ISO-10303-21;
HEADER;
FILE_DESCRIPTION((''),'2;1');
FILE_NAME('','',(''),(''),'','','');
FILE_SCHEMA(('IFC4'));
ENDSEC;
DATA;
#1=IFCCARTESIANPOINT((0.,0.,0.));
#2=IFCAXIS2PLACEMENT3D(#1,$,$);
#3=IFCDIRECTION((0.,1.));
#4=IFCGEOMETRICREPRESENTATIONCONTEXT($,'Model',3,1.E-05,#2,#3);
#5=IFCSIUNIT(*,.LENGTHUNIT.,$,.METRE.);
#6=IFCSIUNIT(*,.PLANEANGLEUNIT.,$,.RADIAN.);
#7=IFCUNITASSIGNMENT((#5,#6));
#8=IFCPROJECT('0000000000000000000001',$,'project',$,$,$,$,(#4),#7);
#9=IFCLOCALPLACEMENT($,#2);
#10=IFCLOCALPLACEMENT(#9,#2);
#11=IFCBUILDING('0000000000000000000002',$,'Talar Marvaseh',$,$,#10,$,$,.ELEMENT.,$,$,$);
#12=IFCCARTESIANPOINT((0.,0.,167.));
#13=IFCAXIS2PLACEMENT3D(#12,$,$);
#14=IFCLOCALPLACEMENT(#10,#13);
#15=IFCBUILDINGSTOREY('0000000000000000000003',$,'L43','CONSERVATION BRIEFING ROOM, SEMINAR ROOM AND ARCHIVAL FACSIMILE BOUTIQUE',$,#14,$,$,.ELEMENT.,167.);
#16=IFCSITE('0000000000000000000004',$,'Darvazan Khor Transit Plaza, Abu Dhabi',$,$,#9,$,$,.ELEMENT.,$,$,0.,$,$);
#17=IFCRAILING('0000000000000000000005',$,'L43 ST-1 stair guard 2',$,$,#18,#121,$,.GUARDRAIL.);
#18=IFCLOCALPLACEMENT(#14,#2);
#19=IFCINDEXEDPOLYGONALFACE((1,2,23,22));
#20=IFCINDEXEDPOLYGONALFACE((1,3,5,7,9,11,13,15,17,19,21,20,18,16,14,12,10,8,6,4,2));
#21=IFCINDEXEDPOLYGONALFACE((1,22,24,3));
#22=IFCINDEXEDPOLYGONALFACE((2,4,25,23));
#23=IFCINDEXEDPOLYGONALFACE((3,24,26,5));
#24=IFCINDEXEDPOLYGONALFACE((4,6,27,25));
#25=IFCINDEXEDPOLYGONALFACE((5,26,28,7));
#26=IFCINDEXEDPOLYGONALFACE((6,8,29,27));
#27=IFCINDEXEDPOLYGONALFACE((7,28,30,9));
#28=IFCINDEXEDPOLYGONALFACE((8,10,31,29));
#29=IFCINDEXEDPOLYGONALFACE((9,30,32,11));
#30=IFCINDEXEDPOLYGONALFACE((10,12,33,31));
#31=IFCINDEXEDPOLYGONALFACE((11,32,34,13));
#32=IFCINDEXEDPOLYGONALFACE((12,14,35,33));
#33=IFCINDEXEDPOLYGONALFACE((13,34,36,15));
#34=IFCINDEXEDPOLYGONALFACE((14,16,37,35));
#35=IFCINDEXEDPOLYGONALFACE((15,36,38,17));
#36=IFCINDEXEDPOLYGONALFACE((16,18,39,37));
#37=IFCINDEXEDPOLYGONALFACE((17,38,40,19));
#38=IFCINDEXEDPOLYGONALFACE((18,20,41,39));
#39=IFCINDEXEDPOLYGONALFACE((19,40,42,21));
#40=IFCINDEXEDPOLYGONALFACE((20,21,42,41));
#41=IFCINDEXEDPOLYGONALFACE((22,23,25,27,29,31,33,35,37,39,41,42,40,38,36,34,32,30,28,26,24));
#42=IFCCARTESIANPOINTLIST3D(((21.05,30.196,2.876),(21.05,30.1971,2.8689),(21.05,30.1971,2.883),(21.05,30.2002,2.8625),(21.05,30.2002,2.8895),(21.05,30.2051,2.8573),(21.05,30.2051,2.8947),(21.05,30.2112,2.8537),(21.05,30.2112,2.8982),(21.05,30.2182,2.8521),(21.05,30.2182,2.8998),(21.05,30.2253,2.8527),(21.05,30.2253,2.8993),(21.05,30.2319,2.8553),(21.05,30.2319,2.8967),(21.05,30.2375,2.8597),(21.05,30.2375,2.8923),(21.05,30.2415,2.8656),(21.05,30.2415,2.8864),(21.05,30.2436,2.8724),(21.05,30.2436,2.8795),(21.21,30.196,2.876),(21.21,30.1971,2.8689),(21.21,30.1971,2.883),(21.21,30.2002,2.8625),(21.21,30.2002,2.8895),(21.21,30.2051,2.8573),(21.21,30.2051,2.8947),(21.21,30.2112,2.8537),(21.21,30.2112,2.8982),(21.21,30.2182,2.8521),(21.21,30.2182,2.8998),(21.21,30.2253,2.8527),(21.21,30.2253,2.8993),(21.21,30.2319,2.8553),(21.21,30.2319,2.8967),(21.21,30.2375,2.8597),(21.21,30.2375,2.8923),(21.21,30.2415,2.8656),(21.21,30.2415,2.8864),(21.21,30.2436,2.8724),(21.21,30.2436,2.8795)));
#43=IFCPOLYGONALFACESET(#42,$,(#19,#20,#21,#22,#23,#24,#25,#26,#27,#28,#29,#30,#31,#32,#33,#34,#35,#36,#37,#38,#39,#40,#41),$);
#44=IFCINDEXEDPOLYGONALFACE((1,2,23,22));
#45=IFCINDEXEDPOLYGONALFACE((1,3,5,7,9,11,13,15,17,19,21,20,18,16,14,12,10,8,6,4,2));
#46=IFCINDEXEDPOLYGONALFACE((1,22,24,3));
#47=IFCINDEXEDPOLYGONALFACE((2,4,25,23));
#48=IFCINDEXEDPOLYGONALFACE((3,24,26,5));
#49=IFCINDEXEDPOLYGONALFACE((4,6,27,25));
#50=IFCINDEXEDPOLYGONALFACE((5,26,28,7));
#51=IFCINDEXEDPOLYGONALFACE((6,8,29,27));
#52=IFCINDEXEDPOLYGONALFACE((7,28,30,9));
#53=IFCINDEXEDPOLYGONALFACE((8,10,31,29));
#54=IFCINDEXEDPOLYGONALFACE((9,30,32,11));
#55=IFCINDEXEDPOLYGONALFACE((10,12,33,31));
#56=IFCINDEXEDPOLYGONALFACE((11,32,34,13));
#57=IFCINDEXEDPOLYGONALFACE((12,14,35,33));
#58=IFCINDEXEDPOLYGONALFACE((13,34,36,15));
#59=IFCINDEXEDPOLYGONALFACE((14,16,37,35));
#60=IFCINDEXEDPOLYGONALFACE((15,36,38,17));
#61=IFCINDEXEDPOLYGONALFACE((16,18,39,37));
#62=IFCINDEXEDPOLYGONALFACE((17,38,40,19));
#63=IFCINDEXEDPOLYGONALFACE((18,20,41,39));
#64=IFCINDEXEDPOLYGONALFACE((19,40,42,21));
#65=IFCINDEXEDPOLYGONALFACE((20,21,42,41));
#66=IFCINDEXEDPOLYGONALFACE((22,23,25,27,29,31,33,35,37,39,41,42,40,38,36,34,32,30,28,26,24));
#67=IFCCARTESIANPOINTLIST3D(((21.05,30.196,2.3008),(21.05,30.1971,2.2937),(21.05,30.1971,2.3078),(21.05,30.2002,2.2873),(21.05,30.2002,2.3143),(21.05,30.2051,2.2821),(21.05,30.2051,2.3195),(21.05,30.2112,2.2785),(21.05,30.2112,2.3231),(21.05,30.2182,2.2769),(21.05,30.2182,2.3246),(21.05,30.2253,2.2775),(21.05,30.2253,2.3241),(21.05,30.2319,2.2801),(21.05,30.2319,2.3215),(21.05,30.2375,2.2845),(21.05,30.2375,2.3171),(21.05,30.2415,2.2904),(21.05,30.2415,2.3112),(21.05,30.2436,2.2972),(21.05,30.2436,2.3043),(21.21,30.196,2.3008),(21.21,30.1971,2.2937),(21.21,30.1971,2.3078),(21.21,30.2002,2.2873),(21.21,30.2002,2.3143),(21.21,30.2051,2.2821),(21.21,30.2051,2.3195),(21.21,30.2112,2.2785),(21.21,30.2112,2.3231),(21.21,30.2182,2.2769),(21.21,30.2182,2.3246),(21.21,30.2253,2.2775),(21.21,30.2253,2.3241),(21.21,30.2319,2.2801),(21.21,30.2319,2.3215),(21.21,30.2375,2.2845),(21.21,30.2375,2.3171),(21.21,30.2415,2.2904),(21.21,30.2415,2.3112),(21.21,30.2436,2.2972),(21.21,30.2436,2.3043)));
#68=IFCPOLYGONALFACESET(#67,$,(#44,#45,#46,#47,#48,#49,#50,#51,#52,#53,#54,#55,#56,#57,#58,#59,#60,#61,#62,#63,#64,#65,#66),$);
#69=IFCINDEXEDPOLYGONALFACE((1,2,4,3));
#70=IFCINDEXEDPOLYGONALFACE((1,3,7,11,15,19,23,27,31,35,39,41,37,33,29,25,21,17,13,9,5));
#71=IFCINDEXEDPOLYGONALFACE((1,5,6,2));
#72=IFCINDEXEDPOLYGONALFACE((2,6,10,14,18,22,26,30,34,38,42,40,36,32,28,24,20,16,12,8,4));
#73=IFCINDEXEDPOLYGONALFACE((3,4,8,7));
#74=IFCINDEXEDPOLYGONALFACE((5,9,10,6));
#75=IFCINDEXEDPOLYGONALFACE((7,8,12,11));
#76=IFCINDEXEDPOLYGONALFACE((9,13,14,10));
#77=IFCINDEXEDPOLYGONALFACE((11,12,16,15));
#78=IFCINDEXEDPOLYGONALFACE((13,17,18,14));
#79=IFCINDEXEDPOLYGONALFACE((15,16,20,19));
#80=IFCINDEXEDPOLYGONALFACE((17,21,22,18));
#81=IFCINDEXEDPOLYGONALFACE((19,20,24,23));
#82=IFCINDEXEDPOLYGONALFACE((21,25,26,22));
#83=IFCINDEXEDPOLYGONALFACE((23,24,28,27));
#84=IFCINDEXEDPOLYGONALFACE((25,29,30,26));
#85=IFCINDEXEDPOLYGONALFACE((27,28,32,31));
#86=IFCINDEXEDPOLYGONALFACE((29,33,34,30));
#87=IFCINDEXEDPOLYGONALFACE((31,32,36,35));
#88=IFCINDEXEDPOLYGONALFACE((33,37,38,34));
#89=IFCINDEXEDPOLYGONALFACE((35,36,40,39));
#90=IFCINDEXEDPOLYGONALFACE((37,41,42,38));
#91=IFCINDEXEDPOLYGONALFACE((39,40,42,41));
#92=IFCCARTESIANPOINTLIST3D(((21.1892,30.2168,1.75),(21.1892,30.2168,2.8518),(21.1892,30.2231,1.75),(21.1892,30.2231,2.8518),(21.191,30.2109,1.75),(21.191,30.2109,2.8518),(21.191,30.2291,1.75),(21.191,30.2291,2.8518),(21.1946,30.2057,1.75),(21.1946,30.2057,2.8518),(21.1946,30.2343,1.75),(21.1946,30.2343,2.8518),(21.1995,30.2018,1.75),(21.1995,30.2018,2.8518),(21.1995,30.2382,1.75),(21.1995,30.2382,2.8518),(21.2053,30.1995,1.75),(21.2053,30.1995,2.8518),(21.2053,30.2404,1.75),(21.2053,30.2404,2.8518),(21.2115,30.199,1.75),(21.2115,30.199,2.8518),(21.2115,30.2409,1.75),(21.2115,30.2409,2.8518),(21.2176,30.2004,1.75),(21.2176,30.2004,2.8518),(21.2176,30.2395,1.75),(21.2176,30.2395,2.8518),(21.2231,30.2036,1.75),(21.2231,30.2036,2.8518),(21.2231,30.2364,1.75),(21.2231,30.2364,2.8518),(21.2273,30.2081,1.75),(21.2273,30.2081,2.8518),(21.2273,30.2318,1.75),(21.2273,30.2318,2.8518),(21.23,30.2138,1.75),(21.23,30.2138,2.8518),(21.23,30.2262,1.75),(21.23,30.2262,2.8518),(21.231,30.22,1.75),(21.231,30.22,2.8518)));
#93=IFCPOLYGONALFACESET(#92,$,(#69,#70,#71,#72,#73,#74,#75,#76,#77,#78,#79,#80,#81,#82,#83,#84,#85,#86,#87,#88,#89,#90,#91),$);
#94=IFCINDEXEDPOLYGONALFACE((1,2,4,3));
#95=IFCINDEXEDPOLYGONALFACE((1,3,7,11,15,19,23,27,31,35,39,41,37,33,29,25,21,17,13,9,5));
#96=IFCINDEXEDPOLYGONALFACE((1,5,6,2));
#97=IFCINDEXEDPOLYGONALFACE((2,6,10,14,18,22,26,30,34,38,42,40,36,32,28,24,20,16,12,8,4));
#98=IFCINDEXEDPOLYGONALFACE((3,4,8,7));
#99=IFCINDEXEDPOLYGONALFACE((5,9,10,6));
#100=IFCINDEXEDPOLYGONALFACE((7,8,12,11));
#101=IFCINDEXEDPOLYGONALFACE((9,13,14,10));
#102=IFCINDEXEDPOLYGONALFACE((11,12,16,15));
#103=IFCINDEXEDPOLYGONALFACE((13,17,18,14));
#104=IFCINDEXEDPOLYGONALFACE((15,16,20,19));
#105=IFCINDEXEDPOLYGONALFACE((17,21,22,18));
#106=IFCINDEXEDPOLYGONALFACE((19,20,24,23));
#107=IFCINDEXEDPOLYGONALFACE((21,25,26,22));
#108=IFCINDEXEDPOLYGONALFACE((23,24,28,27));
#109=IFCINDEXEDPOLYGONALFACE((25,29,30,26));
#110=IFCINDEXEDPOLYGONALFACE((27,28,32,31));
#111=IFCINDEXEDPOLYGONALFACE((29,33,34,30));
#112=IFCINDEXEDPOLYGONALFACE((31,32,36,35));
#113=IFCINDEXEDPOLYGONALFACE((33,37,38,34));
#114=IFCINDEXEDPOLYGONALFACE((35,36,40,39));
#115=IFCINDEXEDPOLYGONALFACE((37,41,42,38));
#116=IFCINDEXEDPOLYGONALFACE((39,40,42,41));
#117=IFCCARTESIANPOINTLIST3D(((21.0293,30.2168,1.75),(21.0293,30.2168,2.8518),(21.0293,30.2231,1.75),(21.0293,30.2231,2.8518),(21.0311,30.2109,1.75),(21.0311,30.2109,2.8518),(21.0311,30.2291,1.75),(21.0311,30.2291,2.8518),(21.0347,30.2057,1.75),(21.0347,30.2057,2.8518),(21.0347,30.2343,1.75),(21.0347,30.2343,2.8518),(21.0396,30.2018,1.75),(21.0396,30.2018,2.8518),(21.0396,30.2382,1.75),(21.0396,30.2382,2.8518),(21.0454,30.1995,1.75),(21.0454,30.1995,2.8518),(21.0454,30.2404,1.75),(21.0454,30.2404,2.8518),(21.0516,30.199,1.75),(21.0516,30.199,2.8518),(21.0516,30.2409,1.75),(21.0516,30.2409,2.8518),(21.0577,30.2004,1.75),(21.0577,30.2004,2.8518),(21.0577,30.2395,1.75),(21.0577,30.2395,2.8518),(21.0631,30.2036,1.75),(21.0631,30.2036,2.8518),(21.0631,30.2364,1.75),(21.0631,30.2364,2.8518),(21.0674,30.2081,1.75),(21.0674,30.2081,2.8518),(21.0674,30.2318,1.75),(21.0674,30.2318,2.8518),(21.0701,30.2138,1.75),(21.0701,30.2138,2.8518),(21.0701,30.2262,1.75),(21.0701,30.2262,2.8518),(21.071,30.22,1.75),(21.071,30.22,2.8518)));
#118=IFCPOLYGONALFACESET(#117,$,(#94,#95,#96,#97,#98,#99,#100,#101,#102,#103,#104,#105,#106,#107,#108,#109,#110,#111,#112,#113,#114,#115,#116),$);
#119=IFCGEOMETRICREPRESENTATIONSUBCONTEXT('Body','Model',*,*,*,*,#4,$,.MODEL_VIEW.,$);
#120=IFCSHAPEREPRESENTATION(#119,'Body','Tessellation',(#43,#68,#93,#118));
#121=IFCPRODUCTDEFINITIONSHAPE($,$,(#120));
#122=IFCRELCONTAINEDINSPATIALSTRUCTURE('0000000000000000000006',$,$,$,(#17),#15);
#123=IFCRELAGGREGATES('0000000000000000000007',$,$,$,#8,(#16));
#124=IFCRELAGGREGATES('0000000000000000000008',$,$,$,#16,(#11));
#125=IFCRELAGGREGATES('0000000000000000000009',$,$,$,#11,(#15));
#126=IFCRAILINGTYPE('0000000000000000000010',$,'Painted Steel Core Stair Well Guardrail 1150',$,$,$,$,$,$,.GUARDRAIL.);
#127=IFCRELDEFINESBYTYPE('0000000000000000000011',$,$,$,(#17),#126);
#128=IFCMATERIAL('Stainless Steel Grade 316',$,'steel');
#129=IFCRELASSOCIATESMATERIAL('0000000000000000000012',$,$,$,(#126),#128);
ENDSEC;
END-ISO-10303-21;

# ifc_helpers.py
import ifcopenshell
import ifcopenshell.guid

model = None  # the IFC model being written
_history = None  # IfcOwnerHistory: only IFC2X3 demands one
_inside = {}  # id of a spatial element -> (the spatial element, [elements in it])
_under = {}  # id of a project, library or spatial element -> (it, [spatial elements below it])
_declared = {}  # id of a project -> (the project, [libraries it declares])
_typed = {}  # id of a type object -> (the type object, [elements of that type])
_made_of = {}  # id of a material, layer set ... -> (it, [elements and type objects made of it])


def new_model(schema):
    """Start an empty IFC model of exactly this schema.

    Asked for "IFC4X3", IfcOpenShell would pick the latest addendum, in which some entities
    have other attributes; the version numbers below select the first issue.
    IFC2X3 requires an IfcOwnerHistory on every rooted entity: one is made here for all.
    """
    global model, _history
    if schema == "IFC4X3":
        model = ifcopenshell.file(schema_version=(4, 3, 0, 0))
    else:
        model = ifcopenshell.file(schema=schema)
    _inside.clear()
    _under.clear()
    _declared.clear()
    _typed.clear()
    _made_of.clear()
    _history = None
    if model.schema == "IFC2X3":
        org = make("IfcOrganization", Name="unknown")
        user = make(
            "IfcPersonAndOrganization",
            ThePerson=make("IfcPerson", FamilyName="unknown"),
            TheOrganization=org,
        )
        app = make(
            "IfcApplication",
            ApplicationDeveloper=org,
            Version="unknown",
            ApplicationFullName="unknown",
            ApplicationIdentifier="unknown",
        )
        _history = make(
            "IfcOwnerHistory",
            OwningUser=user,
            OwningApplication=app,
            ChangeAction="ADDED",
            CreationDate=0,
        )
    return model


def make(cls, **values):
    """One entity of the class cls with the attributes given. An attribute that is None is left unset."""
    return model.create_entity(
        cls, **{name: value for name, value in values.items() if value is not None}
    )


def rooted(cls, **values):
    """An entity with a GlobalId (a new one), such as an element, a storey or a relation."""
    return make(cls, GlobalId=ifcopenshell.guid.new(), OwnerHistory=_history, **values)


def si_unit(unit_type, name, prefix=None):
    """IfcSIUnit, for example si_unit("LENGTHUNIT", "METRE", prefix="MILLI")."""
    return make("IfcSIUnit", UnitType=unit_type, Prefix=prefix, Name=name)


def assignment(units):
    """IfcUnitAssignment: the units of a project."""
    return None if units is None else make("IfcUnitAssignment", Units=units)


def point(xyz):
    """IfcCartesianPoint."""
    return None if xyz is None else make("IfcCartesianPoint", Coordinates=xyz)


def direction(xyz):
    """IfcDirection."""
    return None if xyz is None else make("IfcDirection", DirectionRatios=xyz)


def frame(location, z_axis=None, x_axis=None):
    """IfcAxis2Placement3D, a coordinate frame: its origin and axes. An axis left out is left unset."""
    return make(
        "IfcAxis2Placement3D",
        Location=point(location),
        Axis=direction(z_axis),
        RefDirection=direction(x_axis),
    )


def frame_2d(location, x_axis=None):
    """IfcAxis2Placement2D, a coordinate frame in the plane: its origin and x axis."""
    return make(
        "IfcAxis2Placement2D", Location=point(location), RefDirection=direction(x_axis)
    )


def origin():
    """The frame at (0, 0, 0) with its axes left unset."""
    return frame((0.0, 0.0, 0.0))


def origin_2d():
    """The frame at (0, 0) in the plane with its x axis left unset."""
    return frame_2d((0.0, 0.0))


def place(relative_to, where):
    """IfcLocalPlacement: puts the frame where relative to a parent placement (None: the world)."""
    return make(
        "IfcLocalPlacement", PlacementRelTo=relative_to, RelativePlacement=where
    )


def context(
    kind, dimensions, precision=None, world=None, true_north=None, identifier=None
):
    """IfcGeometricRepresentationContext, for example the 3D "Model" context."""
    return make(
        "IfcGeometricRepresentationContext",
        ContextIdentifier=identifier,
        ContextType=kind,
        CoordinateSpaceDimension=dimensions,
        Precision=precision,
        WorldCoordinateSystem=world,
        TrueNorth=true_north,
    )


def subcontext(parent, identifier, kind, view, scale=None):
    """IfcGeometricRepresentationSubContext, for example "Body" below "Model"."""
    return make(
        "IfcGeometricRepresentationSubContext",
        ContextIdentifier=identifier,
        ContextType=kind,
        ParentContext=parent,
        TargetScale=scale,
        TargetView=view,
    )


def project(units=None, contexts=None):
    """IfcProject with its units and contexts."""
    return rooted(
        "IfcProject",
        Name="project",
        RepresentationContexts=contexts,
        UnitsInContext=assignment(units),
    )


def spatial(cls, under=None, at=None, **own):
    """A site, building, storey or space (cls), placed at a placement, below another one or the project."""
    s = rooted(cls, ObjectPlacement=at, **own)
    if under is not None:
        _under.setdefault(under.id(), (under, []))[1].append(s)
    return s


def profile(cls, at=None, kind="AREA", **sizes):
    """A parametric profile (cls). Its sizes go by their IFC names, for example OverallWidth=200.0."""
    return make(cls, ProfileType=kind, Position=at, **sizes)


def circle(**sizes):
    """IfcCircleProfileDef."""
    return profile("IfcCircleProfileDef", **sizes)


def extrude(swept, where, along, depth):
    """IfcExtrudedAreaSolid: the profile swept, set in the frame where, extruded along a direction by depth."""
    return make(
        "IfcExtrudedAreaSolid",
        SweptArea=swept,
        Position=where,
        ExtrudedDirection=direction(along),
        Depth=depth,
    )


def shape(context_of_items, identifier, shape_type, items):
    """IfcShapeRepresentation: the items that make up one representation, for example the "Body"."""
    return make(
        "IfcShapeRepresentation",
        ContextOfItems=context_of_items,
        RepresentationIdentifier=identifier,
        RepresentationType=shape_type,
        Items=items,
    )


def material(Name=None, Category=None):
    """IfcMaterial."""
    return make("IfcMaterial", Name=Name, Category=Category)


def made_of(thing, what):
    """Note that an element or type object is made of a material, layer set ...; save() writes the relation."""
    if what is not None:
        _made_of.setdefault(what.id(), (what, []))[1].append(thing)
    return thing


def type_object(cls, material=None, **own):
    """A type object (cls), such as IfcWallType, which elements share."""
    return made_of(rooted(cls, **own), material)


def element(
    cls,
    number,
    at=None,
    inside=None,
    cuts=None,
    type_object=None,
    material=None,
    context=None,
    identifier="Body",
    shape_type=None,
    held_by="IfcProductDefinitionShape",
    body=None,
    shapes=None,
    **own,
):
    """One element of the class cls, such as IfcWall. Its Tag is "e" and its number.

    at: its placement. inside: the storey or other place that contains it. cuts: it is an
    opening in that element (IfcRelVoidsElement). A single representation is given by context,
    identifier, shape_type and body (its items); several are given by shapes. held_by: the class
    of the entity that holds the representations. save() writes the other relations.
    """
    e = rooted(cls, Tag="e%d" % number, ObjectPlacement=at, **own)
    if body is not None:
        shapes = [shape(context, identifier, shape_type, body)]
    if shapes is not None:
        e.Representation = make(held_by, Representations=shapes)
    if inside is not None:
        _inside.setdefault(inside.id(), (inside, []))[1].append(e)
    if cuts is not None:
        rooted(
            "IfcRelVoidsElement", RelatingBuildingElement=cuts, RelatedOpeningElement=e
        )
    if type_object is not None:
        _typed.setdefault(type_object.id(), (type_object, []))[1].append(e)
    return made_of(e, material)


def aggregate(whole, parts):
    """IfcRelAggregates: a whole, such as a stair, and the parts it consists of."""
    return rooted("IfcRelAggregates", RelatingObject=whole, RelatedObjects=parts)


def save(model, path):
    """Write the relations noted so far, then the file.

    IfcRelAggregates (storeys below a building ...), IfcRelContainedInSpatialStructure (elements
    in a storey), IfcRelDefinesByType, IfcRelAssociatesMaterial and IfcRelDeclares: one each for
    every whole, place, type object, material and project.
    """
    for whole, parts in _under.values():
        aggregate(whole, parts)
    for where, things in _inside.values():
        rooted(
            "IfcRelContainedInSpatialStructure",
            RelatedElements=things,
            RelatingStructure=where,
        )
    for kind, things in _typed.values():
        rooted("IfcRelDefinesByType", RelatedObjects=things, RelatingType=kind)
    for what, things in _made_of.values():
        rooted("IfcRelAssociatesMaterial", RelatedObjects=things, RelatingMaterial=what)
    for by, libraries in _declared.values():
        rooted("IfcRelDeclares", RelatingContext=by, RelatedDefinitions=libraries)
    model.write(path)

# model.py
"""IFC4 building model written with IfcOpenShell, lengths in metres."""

from ifc_helpers import new_model, si_unit, direction, frame, origin, origin_2d, place, context, subcontext, project, spatial, circle, extrude, material, type_object, element, save


model = new_model("IFC4")

# Units and contexts
model_context = context("Model", 3, precision=1e-05, world=origin(), true_north=direction((0.0, 1.0)))
body_context = subcontext(model_context, "Body", "Model", "MODEL_VIEW")
ifc_project = project(units=[si_unit("LENGTHUNIT", "METRE"), si_unit("PLANEANGLEUNIT", "RADIAN")], contexts=[model_context])

# Site, building, storey
site_placement = place(None, origin())
site = spatial("IfcSite", under=ifc_project, at=site_placement, Name="Darvazan Khor Transit Plaza, Abu Dhabi", CompositionType="ELEMENT", RefElevation=0.0)
building_placement = place(site_placement, origin())
building = spatial("IfcBuilding", under=site, at=building_placement, Name="Talar Marvaseh", CompositionType="ELEMENT")
storey_placement = place(building_placement, frame((0.0, 0.0, 167.0)))
storey = spatial("IfcBuildingStorey", under=building, at=storey_placement, Name="L43", Description="CONSERVATION BRIEFING ROOM, SEMINAR ROOM AND ARCHIVAL FACSIMILE BOUTIQUE", CompositionType="ELEMENT", Elevation=167.0)

# Railing
ifc_material_1 = material(Name="Stainless Steel Grade 316", Category="steel")
railing_type_1 = type_object("IfcRailingType", Name="Painted Steel Core Stair Well Guardrail 1150", PredefinedType="GUARDRAIL", material=ifc_material_1)
railing_1_placement = place(storey_placement, frame((21.21, 30.22, 1.75)))
element("IfcRailing", 1, at=railing_1_placement, inside=storey, type_object=railing_type_1, Name="L43 ST-1 stair guard 2", PredefinedType="GUARDRAIL", context=body_context, shape_type="SweptSolid", body=[
    extrude(circle(Radius=0.0239, at=origin_2d()), frame((0.0, 0.0, 1.126), z_axis=(-1.0, 0.0, 0.0), x_axis=(0.0, -1.0, 0.0)), (0.0, 0.0, 1.0), 0.1599),
    extrude(circle(Radius=0.0239, at=origin_2d()), frame((0.0, 0.0, 0.5508), z_axis=(-1.0, 0.0, 0.0), x_axis=(0.0, -1.0, 0.0)), (0.0, 0.0, 1.0), 0.1599),
    extrude(circle(Radius=0.021, at=origin_2d()), origin(), (0.0, 0.0, 1.0), 1.1018),
    extrude(circle(Radius=0.021, at=origin_2d()), frame((-0.1599, 0.0, 0.0)), (0.0, 0.0, 1.0), 1.1018),
])

save(model, "model.ifc")
